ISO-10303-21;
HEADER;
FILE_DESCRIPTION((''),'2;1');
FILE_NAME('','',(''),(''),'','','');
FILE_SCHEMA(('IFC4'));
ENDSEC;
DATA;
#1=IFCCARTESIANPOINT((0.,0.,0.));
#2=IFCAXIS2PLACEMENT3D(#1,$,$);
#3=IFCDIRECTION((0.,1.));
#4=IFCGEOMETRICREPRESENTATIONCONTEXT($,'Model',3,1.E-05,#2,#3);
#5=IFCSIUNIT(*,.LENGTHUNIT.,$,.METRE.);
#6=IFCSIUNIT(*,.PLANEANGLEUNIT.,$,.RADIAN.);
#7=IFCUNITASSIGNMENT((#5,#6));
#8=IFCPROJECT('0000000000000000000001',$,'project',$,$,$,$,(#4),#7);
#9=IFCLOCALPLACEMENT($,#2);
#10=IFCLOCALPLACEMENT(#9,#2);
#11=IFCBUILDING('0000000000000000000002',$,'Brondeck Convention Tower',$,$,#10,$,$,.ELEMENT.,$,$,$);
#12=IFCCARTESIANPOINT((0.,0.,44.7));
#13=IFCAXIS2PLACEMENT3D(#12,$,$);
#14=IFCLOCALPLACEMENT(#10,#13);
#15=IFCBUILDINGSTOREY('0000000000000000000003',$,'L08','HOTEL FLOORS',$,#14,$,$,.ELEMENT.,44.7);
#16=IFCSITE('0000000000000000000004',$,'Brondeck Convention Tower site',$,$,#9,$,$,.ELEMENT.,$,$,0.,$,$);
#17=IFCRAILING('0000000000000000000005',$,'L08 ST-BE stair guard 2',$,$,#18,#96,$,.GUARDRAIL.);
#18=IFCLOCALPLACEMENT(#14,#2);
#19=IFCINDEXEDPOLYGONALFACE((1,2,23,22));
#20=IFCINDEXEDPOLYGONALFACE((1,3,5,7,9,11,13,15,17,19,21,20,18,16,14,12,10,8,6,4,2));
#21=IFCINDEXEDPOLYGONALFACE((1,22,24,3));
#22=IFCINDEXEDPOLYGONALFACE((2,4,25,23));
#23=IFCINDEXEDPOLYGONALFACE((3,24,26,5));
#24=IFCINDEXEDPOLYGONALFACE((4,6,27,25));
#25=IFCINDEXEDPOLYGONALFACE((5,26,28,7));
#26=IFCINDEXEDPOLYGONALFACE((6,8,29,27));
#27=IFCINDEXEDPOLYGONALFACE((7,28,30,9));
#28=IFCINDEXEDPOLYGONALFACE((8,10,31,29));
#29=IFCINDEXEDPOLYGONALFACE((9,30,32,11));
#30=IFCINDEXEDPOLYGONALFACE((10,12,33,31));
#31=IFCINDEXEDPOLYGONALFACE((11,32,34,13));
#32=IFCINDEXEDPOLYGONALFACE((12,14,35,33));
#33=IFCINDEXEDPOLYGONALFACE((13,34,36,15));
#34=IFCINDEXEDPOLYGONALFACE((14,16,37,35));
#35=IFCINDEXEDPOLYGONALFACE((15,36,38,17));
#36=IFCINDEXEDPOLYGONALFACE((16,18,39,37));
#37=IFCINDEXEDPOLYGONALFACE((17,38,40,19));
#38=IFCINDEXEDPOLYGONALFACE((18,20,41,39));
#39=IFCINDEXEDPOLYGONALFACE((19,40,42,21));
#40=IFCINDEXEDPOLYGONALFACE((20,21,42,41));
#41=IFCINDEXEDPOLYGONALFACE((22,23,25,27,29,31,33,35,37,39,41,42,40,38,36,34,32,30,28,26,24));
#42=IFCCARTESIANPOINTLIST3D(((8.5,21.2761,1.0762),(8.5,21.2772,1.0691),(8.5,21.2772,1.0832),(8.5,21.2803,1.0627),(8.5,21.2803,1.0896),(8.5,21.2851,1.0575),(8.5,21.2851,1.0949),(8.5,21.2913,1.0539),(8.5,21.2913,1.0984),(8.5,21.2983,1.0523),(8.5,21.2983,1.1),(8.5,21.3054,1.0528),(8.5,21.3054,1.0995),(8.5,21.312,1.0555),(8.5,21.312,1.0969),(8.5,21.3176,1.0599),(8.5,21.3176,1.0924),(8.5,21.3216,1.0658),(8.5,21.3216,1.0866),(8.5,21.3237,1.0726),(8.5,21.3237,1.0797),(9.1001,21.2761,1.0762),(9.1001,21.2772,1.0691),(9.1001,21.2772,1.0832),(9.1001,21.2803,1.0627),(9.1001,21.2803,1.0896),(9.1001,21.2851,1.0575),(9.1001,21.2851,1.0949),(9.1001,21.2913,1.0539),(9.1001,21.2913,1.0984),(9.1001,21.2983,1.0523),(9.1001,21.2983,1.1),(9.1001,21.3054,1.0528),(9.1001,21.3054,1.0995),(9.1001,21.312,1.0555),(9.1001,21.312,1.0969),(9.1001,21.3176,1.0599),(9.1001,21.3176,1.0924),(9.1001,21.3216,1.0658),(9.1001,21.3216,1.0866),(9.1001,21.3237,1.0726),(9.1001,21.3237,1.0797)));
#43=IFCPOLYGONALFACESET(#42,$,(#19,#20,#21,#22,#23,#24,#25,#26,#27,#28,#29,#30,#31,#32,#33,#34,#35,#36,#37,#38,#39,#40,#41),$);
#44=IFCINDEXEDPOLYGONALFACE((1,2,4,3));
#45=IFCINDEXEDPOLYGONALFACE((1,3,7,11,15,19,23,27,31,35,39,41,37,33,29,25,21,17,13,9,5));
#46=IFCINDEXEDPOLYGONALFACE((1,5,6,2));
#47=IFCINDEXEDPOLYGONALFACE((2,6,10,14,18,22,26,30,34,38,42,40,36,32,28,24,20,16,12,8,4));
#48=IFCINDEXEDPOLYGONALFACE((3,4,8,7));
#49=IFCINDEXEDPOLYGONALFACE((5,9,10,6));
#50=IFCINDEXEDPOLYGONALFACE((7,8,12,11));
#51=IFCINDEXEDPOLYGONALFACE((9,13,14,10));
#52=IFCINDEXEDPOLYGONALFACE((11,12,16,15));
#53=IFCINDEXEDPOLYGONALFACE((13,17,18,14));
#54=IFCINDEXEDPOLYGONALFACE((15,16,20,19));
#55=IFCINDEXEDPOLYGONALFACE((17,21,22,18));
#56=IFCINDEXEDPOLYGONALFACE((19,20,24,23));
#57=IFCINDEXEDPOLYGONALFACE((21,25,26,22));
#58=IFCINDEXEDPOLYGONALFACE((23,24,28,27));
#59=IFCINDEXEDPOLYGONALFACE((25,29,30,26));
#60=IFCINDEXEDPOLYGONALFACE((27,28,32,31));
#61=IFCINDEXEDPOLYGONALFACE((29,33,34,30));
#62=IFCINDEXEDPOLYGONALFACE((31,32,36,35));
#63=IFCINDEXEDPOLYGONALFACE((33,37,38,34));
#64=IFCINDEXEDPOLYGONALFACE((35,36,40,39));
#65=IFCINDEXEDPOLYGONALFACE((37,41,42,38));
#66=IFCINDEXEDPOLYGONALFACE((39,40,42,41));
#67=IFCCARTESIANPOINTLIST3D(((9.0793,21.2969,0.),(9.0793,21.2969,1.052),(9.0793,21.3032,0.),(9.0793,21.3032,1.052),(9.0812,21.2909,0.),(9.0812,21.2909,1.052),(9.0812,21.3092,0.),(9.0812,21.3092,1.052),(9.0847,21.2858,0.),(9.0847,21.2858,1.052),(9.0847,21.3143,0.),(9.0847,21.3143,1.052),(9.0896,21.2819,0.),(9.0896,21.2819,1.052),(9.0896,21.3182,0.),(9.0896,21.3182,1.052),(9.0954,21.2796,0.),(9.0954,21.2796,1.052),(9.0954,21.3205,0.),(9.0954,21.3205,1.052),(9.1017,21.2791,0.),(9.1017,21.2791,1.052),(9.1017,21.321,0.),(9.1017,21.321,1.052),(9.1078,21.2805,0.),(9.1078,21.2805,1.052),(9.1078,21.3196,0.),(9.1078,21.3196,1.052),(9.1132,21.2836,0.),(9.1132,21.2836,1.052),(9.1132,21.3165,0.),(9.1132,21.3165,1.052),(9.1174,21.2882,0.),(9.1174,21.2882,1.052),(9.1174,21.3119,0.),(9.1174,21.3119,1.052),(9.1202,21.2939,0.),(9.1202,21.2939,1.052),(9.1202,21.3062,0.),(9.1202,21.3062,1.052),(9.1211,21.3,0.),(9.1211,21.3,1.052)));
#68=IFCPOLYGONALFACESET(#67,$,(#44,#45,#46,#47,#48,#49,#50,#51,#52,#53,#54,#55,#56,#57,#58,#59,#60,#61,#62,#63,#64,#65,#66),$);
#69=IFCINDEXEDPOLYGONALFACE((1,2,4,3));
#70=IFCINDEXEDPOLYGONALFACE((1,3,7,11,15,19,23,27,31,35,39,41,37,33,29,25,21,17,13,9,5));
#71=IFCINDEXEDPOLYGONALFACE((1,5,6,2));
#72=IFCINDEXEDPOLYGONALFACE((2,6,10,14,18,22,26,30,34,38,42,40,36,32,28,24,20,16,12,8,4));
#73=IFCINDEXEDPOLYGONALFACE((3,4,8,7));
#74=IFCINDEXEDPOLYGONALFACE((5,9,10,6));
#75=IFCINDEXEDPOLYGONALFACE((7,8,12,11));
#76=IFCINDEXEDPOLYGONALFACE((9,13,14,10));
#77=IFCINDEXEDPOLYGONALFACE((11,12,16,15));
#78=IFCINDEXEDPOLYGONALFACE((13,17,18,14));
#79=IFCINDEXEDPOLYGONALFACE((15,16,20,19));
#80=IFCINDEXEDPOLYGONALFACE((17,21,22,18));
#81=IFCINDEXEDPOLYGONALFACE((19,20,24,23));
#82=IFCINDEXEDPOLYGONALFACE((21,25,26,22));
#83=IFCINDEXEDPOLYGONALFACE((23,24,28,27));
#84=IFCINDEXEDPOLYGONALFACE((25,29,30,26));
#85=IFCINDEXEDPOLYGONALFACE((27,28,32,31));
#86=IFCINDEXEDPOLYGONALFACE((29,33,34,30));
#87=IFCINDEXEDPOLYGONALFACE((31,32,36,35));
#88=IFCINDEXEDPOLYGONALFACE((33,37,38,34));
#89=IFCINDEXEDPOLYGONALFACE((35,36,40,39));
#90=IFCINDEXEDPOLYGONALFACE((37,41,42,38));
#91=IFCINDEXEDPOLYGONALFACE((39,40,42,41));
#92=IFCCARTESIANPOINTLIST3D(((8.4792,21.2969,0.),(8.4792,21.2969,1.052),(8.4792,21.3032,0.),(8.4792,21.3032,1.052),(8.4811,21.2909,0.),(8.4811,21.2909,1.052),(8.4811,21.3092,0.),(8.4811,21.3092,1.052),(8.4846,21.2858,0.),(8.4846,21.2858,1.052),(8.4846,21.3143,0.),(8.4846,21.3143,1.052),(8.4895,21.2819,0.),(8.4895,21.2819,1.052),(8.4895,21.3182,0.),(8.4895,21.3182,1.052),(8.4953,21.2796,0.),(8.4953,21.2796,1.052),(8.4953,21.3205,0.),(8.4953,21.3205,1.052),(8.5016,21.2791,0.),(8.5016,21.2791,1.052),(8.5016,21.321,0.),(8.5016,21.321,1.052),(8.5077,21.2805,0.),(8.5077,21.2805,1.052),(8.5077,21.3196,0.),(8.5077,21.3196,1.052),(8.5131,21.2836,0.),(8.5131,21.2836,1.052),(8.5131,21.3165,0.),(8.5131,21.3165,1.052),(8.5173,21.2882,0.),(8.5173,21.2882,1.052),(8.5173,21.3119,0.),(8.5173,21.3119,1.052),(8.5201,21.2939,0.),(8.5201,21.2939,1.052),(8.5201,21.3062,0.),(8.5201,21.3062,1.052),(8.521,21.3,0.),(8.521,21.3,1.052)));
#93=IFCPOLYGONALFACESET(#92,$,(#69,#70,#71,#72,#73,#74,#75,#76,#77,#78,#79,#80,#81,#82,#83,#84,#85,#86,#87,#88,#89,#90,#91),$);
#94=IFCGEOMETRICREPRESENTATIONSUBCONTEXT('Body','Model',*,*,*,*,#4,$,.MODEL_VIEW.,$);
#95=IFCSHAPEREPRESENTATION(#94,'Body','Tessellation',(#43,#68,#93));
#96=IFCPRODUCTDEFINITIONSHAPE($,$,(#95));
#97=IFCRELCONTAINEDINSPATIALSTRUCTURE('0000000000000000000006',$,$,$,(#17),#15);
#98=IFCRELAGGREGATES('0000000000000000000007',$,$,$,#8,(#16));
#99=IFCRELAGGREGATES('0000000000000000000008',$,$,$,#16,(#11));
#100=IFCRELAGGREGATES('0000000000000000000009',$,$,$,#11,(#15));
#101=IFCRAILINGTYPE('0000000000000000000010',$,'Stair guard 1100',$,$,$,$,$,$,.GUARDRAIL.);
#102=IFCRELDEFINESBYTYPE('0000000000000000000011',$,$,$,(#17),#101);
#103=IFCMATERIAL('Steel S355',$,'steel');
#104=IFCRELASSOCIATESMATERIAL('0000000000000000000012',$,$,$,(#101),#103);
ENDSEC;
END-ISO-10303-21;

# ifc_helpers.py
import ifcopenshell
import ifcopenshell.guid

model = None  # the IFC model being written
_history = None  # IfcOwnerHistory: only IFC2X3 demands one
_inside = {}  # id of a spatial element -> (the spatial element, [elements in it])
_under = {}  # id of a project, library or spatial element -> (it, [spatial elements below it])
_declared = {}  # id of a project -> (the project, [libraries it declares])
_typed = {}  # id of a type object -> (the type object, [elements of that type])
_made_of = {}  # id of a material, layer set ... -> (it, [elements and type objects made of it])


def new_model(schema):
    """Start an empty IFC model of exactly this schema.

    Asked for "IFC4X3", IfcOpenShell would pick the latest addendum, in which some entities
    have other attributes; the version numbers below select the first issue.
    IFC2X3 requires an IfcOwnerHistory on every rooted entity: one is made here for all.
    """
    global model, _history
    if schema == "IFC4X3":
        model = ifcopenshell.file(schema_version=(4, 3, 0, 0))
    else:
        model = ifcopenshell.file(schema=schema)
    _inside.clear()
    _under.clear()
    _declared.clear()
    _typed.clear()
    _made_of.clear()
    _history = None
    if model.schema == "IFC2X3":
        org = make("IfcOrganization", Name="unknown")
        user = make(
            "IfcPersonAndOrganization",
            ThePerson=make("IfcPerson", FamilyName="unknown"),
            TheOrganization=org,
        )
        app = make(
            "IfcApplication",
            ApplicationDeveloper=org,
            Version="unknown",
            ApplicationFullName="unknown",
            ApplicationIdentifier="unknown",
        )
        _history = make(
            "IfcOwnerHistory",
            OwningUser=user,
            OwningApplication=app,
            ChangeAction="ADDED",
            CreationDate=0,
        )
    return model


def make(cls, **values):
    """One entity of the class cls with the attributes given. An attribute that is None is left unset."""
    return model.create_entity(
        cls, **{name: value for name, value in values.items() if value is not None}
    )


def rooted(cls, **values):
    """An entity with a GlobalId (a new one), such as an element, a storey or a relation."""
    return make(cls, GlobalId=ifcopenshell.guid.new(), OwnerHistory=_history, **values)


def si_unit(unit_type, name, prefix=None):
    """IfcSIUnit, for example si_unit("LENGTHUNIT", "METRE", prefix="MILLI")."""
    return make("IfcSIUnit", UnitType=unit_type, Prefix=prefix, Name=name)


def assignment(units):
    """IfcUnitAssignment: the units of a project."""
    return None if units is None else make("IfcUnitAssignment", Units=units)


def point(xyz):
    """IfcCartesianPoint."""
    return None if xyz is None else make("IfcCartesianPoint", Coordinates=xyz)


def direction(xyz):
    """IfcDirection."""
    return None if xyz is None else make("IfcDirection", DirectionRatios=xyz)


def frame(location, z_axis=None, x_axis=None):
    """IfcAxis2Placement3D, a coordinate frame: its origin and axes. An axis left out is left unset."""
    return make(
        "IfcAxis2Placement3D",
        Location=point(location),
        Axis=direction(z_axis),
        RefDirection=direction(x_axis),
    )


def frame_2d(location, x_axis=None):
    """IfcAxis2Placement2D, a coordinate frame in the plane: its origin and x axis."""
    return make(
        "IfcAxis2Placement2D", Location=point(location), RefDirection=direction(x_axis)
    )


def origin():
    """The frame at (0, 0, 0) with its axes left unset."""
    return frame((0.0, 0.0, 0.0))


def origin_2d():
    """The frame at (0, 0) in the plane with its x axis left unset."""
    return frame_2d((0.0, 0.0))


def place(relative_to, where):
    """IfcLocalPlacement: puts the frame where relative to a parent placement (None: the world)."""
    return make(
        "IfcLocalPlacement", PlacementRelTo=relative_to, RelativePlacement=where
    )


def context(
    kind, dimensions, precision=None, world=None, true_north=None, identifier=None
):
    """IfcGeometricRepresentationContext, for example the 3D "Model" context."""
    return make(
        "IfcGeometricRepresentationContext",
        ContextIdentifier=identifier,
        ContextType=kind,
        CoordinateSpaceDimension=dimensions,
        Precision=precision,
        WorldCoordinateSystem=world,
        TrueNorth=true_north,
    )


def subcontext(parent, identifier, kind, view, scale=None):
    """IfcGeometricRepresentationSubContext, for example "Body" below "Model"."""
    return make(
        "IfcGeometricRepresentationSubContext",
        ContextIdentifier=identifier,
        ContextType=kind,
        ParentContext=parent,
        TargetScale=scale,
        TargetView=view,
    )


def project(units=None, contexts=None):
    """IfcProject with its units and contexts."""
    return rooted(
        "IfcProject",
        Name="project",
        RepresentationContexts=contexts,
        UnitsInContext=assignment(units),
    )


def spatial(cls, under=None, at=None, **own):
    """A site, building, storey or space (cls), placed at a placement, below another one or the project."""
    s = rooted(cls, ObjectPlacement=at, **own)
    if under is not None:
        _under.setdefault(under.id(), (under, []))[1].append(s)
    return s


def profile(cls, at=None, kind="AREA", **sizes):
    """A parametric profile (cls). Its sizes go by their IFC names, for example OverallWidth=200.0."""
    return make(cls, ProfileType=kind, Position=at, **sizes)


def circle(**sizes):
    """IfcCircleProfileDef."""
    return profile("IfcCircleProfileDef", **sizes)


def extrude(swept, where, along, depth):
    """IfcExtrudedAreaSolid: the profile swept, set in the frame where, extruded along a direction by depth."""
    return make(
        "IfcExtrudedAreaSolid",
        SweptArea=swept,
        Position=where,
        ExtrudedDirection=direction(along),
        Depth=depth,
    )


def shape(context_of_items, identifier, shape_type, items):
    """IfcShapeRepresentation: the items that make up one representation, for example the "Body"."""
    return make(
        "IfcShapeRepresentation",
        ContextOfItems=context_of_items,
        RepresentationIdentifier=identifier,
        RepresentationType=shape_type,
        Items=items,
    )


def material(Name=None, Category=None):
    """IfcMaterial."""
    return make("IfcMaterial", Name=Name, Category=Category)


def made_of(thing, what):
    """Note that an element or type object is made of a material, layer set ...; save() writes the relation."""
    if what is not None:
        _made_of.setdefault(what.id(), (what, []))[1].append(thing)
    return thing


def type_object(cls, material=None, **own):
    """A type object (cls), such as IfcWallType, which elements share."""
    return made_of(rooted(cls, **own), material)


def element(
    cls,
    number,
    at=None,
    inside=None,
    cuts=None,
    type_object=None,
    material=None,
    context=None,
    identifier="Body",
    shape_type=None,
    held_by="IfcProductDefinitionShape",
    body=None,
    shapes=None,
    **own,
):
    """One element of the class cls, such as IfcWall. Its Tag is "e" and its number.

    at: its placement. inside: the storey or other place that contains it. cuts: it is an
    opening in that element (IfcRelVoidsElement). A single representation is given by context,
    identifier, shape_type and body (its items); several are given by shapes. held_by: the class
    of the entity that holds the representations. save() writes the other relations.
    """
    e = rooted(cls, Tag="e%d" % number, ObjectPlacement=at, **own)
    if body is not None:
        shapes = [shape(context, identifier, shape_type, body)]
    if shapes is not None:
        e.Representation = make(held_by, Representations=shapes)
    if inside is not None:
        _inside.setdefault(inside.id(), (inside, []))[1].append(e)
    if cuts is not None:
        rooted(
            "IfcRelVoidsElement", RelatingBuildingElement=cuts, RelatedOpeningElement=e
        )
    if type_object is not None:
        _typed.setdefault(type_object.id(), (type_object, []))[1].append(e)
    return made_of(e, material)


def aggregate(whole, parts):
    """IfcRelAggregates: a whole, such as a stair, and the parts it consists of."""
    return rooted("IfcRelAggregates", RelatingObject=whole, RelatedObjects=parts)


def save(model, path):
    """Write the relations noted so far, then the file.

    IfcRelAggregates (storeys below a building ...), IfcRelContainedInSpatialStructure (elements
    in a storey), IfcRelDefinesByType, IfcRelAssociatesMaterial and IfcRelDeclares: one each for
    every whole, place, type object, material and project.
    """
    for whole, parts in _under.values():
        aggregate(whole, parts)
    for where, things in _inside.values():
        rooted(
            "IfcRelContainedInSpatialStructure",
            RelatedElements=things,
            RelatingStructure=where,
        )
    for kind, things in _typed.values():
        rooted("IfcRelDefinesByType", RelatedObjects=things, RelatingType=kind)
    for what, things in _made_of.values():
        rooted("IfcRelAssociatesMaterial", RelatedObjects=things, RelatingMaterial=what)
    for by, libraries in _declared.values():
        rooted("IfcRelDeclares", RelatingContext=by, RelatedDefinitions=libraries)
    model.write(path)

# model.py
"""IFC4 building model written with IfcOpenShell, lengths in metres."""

from ifc_helpers import new_model, si_unit, direction, frame, origin, origin_2d, place, context, subcontext, project, spatial, circle, extrude, material, type_object, element, save


model = new_model("IFC4")

# Units and contexts
model_context = context("Model", 3, precision=1e-05, world=origin(), true_north=direction((0.0, 1.0)))
body_context = subcontext(model_context, "Body", "Model", "MODEL_VIEW")
ifc_project = project(units=[si_unit("LENGTHUNIT", "METRE"), si_unit("PLANEANGLEUNIT", "RADIAN")], contexts=[model_context])

# Site, building, storey
site_placement = place(None, origin())
site = spatial("IfcSite", under=ifc_project, at=site_placement, Name="Brondeck Convention Tower site", CompositionType="ELEMENT", RefElevation=0.0)
building_placement = place(site_placement, origin())
building = spatial("IfcBuilding", under=site, at=building_placement, Name="Brondeck Convention Tower", CompositionType="ELEMENT")
storey_placement = place(building_placement, frame((0.0, 0.0, 44.7)))
storey = spatial("IfcBuildingStorey", under=building, at=storey_placement, Name="L08", Description="HOTEL FLOORS", CompositionType="ELEMENT", Elevation=44.7)

# Shared definitions
ifc_material_1 = material(Name="Steel S355", Category="steel")

# Railing
railing_type_1 = type_object("IfcRailingType", Name="Stair guard 1100", PredefinedType="GUARDRAIL", material=ifc_material_1)
railing_1_placement = place(storey_placement, frame((9.1001, 21.3, 0.0)))
element("IfcRailing", 1, at=railing_1_placement, inside=storey, type_object=railing_type_1, Name="L08 ST-BE stair guard 2", PredefinedType="GUARDRAIL", context=body_context, shape_type="SweptSolid", body=[
    extrude(circle(Radius=0.0239, at=origin_2d()), frame((0.0, 0.0, 1.0762), z_axis=(-1.0, 0.0, 0.0), x_axis=(0.0, -1.0, 0.0)), (0.0, 0.0, 1.0), 0.6001),
    extrude(circle(Radius=0.021, at=origin_2d()), origin(), (0.0, 0.0, 1.0), 1.052),
    extrude(circle(Radius=0.021, at=origin_2d()), frame((-0.6001, 0.0, 0.0)), (0.0, 0.0, 1.0), 1.052),
])

save(model, "model.ifc")
